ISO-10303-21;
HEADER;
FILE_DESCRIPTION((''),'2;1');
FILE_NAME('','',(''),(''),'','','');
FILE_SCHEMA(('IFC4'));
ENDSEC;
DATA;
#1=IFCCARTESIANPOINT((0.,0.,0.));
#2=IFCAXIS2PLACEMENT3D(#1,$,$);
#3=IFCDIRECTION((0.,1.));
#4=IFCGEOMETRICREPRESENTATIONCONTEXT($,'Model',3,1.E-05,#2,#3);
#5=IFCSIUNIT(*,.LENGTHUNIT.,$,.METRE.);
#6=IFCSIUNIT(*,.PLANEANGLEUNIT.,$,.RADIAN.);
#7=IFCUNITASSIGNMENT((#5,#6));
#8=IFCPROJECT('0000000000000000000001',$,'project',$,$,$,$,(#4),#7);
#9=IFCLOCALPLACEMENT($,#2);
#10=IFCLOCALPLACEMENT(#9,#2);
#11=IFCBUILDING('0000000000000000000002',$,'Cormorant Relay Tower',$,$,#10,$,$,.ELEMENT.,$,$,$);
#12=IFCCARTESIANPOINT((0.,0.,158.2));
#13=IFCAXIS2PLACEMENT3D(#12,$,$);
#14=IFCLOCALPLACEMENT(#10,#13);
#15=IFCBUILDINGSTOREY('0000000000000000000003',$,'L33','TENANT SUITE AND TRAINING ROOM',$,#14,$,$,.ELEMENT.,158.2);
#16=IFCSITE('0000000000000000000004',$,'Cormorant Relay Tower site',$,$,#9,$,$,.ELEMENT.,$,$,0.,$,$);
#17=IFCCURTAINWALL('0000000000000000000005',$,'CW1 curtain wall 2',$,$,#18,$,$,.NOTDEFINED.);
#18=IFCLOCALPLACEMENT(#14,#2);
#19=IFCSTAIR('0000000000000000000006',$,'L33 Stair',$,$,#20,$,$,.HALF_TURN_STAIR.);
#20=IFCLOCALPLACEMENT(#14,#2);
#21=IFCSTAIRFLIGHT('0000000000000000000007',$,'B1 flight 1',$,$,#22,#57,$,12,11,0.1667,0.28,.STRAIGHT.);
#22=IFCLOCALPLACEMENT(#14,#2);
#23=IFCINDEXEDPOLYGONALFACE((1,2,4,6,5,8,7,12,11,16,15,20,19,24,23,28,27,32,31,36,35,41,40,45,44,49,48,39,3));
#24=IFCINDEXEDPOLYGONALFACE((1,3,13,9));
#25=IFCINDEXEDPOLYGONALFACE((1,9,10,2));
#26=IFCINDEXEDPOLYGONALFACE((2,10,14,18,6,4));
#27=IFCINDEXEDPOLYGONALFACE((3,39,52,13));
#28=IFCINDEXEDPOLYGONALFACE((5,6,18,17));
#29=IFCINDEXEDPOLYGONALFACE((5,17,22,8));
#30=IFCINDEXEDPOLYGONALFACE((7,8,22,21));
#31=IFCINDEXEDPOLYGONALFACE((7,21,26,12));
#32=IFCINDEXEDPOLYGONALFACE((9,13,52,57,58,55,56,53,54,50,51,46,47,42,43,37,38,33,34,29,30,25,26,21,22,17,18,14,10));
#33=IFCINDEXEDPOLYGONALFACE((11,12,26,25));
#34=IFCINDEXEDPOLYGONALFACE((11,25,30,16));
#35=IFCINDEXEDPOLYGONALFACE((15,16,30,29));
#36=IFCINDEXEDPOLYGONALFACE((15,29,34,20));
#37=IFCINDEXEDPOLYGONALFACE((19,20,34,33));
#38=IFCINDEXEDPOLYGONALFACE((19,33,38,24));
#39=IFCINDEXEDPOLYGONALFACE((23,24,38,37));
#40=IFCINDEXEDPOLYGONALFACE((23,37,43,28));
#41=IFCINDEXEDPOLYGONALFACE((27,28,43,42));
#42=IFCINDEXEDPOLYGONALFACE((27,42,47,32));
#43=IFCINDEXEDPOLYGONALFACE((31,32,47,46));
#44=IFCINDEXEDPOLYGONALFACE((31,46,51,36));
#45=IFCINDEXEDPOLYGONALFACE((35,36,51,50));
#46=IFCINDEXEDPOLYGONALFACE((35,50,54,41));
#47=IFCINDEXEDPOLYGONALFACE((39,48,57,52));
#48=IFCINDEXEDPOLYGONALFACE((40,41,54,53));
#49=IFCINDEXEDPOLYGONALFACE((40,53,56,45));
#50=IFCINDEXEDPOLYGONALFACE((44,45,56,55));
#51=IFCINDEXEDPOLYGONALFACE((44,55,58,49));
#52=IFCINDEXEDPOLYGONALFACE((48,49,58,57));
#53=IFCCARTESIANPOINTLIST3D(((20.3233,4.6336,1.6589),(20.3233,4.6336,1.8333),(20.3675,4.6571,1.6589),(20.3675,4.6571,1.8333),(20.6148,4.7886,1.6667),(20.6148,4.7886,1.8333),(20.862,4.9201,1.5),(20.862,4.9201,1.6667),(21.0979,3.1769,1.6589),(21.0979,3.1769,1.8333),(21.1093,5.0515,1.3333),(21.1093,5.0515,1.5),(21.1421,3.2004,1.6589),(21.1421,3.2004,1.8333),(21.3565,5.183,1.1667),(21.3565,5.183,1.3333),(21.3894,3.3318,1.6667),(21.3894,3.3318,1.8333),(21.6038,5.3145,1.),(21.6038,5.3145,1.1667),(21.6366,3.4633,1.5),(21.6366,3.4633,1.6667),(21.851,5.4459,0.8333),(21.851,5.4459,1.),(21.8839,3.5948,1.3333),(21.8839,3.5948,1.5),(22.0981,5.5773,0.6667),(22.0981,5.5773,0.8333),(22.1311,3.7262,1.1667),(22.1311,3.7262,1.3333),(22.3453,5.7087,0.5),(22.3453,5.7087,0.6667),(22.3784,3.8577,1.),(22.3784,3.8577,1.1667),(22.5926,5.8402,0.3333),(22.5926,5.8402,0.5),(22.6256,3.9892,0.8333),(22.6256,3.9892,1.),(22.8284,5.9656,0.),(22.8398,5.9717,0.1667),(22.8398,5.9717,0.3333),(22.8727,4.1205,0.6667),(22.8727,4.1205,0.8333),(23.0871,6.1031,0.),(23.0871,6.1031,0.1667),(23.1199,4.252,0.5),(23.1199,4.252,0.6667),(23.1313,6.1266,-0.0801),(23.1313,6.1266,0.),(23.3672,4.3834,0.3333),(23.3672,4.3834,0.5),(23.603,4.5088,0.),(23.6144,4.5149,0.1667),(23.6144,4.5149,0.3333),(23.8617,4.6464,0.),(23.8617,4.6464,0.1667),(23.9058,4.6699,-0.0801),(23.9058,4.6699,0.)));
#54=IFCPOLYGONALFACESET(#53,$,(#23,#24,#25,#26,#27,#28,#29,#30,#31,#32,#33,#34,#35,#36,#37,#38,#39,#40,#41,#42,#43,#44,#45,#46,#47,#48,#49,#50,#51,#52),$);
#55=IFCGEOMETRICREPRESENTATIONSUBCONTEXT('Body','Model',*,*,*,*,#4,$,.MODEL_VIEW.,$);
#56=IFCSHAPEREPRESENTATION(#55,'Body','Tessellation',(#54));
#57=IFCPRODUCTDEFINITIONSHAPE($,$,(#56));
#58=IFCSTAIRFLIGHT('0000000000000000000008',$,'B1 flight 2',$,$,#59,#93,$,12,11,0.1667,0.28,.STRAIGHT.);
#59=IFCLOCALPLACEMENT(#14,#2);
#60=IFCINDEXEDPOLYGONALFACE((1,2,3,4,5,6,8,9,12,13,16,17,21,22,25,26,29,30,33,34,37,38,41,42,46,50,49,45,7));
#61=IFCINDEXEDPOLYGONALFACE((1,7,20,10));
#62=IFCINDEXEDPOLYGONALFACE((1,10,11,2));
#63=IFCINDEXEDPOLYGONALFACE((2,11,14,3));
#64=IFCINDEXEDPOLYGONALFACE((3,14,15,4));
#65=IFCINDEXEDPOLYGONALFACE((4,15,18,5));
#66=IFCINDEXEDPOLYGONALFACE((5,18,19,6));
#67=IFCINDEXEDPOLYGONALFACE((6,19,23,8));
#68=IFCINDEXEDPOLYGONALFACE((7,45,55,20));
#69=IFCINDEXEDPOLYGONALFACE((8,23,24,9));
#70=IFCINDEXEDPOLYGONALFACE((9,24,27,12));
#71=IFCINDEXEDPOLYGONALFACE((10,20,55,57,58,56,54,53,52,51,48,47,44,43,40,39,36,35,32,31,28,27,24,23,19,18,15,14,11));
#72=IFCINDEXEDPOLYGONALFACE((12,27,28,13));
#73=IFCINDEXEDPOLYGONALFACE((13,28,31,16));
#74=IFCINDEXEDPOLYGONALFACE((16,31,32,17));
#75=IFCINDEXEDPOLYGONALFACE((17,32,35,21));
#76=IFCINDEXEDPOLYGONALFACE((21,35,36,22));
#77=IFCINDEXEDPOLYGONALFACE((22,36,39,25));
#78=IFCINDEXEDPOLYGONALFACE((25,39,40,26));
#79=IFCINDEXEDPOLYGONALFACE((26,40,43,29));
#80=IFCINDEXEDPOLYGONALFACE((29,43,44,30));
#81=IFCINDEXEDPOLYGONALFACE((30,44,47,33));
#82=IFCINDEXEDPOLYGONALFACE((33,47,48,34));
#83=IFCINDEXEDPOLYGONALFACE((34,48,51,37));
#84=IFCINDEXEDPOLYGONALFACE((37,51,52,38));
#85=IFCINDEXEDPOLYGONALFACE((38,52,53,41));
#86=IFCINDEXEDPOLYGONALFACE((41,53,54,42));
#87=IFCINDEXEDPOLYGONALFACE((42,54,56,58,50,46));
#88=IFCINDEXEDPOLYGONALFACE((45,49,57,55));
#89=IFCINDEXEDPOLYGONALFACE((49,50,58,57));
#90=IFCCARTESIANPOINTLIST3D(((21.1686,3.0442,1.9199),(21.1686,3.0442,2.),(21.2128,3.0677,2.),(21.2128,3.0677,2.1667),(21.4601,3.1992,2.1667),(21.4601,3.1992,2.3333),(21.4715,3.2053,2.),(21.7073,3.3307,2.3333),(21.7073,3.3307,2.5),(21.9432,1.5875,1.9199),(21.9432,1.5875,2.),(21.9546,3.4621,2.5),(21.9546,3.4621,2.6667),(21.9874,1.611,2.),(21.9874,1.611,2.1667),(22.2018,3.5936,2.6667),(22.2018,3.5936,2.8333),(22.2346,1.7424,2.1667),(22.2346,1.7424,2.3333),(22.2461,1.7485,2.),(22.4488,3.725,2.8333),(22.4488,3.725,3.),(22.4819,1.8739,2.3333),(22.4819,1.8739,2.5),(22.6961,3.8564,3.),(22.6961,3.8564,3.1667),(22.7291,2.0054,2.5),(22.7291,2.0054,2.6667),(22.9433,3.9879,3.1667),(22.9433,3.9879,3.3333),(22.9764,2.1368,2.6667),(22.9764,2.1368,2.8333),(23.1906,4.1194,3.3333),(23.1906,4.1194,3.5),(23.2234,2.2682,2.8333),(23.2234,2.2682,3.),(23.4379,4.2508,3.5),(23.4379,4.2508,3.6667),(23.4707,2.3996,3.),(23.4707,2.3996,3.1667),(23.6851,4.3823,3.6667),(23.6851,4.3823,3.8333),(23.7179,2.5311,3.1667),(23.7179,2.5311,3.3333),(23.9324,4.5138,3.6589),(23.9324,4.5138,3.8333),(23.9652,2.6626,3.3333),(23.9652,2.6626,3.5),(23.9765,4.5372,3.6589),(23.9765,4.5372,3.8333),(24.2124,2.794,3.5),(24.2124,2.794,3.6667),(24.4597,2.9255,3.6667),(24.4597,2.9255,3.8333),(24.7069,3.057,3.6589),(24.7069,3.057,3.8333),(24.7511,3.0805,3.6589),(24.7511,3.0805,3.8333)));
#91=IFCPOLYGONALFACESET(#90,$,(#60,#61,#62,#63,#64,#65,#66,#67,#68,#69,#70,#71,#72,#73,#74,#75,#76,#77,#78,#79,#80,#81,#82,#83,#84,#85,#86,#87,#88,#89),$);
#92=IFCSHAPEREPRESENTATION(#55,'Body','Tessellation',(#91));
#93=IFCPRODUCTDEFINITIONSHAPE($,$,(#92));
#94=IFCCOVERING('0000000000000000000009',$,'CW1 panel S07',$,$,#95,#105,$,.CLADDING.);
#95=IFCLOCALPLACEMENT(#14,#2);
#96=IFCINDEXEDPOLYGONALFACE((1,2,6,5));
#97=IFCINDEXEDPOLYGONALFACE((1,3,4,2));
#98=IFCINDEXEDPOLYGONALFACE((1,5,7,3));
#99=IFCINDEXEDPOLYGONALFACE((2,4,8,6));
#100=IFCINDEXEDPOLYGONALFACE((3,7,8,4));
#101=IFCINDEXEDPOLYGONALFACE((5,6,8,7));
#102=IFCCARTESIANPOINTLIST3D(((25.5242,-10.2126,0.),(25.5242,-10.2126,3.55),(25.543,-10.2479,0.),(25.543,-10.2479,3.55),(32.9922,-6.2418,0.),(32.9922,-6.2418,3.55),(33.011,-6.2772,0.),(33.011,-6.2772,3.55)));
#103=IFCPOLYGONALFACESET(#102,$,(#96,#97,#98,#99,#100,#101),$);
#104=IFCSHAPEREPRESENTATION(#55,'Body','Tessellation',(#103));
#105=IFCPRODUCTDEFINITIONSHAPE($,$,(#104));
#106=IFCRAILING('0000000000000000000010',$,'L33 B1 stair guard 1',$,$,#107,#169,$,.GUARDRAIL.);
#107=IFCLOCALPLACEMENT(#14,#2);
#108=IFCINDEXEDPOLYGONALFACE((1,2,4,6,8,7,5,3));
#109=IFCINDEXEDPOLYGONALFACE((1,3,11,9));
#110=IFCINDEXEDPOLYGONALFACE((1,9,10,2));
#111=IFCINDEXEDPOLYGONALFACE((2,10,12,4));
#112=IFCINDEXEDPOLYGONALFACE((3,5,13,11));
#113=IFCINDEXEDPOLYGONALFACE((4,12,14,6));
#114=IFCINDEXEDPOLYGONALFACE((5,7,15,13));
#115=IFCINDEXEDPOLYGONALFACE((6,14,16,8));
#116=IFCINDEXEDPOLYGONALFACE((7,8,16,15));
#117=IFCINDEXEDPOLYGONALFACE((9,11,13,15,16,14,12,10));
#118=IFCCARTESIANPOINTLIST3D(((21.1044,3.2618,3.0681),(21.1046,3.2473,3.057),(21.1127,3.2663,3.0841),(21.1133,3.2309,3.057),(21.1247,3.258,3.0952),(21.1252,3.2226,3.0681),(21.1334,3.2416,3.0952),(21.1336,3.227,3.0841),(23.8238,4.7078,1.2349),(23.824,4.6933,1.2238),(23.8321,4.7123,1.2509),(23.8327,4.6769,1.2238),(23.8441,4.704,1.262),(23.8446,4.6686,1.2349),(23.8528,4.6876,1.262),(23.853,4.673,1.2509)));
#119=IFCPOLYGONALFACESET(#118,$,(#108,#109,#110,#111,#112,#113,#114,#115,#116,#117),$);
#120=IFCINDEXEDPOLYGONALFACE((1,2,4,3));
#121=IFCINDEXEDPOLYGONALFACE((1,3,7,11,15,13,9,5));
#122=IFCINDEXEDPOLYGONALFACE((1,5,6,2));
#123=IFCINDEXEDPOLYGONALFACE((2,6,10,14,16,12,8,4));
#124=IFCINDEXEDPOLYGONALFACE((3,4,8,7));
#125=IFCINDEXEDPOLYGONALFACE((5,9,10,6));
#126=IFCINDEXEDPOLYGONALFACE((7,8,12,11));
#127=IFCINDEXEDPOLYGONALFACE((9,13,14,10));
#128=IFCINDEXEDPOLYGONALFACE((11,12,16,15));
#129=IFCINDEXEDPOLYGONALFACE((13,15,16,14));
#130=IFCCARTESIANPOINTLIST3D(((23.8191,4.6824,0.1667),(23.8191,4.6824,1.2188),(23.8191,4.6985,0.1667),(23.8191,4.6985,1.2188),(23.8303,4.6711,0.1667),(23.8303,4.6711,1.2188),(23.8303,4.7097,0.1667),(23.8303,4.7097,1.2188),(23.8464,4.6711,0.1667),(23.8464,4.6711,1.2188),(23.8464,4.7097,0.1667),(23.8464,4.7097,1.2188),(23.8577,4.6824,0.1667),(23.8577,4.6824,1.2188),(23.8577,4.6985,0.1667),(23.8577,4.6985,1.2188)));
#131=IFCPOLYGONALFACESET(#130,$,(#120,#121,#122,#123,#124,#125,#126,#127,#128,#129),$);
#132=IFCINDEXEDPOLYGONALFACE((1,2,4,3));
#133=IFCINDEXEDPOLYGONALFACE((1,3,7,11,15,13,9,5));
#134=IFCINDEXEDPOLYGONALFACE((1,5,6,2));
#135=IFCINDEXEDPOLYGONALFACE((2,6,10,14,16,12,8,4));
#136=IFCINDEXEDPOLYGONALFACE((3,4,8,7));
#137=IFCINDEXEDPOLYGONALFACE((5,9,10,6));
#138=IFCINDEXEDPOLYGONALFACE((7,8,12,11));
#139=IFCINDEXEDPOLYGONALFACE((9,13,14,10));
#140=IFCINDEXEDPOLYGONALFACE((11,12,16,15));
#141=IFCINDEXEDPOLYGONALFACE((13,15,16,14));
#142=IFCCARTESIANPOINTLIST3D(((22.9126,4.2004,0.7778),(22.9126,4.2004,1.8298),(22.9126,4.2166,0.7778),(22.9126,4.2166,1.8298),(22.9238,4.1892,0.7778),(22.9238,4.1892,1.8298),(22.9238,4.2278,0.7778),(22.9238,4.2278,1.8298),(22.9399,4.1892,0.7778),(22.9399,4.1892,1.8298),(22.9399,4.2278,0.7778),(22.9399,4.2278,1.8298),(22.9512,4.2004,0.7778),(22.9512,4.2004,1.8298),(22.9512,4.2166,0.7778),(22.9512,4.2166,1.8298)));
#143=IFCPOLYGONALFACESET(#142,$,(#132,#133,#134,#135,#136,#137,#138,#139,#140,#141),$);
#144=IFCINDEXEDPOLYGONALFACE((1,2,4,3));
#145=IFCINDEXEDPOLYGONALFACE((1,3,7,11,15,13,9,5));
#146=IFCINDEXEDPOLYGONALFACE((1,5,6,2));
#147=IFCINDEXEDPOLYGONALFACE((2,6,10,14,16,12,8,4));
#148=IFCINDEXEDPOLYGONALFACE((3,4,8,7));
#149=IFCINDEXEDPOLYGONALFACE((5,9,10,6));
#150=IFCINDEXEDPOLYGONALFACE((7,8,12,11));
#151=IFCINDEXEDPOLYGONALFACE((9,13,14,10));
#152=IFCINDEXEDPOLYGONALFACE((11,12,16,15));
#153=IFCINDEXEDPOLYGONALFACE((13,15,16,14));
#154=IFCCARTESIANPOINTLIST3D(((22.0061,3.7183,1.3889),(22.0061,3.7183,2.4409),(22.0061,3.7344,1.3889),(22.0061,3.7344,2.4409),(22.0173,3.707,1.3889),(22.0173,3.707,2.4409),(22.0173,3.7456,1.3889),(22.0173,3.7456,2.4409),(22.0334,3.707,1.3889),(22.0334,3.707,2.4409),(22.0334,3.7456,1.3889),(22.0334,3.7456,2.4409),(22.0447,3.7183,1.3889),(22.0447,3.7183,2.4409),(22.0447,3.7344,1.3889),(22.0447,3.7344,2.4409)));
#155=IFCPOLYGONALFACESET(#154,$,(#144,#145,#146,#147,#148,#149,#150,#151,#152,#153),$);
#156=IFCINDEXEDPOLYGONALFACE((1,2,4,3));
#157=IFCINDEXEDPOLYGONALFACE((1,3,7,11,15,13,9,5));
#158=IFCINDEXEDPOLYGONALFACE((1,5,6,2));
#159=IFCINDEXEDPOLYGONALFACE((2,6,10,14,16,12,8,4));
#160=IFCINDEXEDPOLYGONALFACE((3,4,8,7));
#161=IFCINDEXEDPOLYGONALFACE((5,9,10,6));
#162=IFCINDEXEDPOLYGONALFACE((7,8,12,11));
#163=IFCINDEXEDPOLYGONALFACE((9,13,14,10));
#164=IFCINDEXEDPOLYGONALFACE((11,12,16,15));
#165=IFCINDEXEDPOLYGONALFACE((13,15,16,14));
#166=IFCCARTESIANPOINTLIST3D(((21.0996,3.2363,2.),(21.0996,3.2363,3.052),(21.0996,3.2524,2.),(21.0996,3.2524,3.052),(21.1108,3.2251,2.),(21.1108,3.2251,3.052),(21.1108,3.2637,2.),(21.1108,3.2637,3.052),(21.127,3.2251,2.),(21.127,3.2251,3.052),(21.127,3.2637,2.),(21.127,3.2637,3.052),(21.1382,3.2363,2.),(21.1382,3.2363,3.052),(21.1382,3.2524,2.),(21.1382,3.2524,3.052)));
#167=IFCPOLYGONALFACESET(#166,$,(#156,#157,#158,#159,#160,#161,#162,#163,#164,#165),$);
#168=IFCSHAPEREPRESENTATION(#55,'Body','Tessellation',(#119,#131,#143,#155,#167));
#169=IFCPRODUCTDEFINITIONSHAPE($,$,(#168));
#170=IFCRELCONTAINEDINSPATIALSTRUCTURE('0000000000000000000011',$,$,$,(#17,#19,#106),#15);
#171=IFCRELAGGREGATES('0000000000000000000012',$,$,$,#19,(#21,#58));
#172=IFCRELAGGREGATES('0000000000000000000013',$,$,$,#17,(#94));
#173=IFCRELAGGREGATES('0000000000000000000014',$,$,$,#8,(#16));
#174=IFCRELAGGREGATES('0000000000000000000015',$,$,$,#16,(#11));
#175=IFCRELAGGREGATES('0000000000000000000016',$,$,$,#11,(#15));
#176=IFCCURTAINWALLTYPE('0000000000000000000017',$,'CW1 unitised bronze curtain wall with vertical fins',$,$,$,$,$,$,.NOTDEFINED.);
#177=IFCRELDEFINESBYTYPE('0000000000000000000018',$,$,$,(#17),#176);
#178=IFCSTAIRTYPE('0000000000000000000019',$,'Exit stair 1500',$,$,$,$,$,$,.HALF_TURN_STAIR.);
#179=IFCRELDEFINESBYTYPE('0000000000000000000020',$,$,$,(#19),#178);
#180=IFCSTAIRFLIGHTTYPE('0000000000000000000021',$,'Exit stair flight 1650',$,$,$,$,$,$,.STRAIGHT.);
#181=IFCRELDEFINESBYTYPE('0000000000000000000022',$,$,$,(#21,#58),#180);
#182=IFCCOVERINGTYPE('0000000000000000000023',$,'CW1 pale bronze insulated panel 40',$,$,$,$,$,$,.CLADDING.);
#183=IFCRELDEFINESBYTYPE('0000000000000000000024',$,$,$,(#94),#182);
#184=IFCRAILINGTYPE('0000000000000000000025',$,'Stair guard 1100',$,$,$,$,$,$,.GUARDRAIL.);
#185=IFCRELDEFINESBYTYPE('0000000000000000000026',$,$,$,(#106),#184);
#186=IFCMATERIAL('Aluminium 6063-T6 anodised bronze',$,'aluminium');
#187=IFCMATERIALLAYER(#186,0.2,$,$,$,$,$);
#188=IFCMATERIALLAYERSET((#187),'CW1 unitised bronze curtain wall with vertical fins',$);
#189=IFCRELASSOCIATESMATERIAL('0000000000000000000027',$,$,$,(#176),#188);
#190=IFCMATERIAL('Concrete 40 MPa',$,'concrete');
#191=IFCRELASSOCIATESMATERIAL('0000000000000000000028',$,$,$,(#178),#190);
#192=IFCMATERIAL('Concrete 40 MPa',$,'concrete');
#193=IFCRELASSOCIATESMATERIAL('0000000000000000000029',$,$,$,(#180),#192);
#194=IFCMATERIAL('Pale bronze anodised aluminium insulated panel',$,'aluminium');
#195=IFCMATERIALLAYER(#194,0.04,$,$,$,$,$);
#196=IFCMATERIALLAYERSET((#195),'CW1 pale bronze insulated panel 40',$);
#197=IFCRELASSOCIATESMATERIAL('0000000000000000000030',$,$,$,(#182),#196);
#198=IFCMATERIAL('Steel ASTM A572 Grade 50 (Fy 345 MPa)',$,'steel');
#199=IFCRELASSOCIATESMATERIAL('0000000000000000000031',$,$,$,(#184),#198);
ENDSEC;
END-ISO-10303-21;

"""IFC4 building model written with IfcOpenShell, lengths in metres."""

from ifc_helpers import new_model, si_unit, direction, frame, origin, origin_2d, place, context, subcontext, project, spatial, polyline, rectangle, outline, extrude, material, layer, layer_set, type_object, element, aggregate, save


model = new_model("IFC4")

# Units and contexts
model_context = context("Model", 3, precision=1e-05, world=origin(), true_north=direction((0.0, 1.0)))
body_context = subcontext(model_context, "Body", "Model", "MODEL_VIEW")
ifc_project = project(units=[si_unit("LENGTHUNIT", "METRE"), si_unit("PLANEANGLEUNIT", "RADIAN")], contexts=[model_context])

# Site, building, storey
site_placement = place(None, origin())
site = spatial("IfcSite", under=ifc_project, at=site_placement, Name="Cormorant Relay Tower site", CompositionType="ELEMENT", RefElevation=0.0)
building_placement = place(site_placement, origin())
building = spatial("IfcBuilding", under=site, at=building_placement, Name="Cormorant Relay Tower", CompositionType="ELEMENT")
storey_placement = place(building_placement, frame((0.0, 0.0, 158.2)))
storey = spatial("IfcBuildingStorey", under=building, at=storey_placement, Name="L33", Description="TENANT SUITE AND TRAINING ROOM", CompositionType="ELEMENT", Elevation=158.2)

# Curtain wall
ifc_material_1 = material(Name="Aluminium 6063-T6 anodised bronze", Category="aluminium")
ifc_layer_1 = layer(ifc_material_1, 0.2)
ifc_layer_set_1 = layer_set([ifc_layer_1], Name="CW1 unitised bronze curtain wall with vertical fins")
curtain_wall_type = type_object("IfcCurtainWallType", Name="CW1 unitised bronze curtain wall with vertical fins", PredefinedType="NOTDEFINED", material=ifc_layer_set_1)
curtain_wall_1_placement = place(storey_placement, origin())
curtain_wall_1 = element("IfcCurtainWall", 1, at=curtain_wall_1_placement, inside=storey, type_object=curtain_wall_type, Name="CW1 curtain wall 2", PredefinedType="NOTDEFINED")

# Stair, stair flights
ifc_material_2 = material(Name="Concrete 40 MPa", Category="concrete")
stair_type = type_object("IfcStairType", Name="Exit stair 1500", PredefinedType="HALF_TURN_STAIR", material=ifc_material_2)
stair_placement = place(storey_placement, origin())
stair = element("IfcStair", 2, at=stair_placement, inside=storey, type_object=stair_type, Name="L33 Stair", PredefinedType="HALF_TURN_STAIR")
ifc_material_3 = material(Name="Concrete 40 MPa", Category="concrete")
stair_flight_type = type_object("IfcStairFlightType", Name="Exit stair flight 1650", PredefinedType="STRAIGHT", material=ifc_material_3)
stair_flight_1_placement = place(storey_placement, frame((23.4744, 5.3748, 0.0), z_axis=(0.0, 0.0, 1.0), x_axis=(-0.882948, -0.469472, 0.0)))
stair_flight_1 = element("IfcStairFlight", 3, at=stair_flight_1_placement, type_object=stair_flight_type, Name="B1 flight 1", NumberOfRisers=12, NumberOfTreads=11, PredefinedType="STRAIGHT", RiserHeight=0.1667, TreadLength=0.28, context=body_context, shape_type="SweptSolid", body=[
    extrude(outline(polyline([(-0.05, -0.0801), (-0.05, 0.0), (0.0, 0.0), (0.0, 0.1667), (0.28, 0.1667), (0.28, 0.3333), (0.5601, 0.3333), (0.5601, 0.5), (0.8401, 0.5), (0.8401, 0.6667), (1.1201, 0.6667), (1.1201, 0.8333), (1.3999, 0.8333), (1.3999, 1.0), (1.6799, 1.0), (1.6799, 1.1667), (1.96, 1.1667), (1.96, 1.3333), (2.24, 1.3333), (2.24, 1.5), (2.52, 1.5), (2.52, 1.6667), (2.8, 1.6667), (2.8, 1.8333), (3.0801, 1.8333), (3.1301, 1.8333), (3.1301, 1.6589), (3.0801, 1.6589), (0.293, 0.0), (-0.05, -0.0801)])), frame((0.0, 0.825, 0.0), z_axis=(0.0, -1.0, 0.0), x_axis=(1.0, 0.0, 0.0)), (0.0, 0.0, 1.0), 1.6499),
])
stair_flight_2_placement = place(storey_placement, frame((21.6001, 2.3394, 2.0), z_axis=(0.0, 0.0, 1.0), x_axis=(0.882948, 0.469472, 0.0)))
stair_flight_2 = element("IfcStairFlight", 4, at=stair_flight_2_placement, type_object=stair_flight_type, Name="B1 flight 2", NumberOfRisers=12, NumberOfTreads=11, PredefinedType="STRAIGHT", RiserHeight=0.1667, TreadLength=0.28, context=body_context, shape_type="SweptSolid", body=[
    extrude(outline(polyline([(-0.05, -0.0801), (-0.05, 0.0), (0.0, 0.0), (0.0, 0.1667), (0.28, 0.1667), (0.28, 0.3333), (0.5601, 0.3333), (0.5601, 0.5), (0.8401, 0.5), (0.8401, 0.6667), (1.1201, 0.6667), (1.1201, 0.8333), (1.3999, 0.8333), (1.3999, 1.0), (1.6799, 1.0), (1.6799, 1.1667), (1.96, 1.1667), (1.96, 1.3333), (2.24, 1.3333), (2.24, 1.5), (2.52, 1.5), (2.52, 1.6667), (2.8, 1.6667), (2.8, 1.8333), (3.0801, 1.8333), (3.1301, 1.8333), (3.1301, 1.6589), (3.0801, 1.6589), (0.293, 0.0), (-0.05, -0.0801)])), frame((0.0, 0.825, 0.0), z_axis=(0.0, -1.0, 0.0), x_axis=(1.0, 0.0, 0.0)), (0.0, 0.0, 1.0), 1.6499),
])
aggregate(stair, [stair_flight_1, stair_flight_2])

# Covering
ifc_material_4 = material(Name="Pale bronze anodised aluminium insulated panel", Category="aluminium")
ifc_layer_2 = layer(ifc_material_4, 0.04)
ifc_layer_set_2 = layer_set([ifc_layer_2], Name="CW1 pale bronze insulated panel 40")
covering_type = type_object("IfcCoveringType", Name="CW1 pale bronze insulated panel 40", PredefinedType="CLADDING", material=ifc_layer_set_2)
covering_placement = place(storey_placement, frame((29.2676, -8.2449, 0.0), z_axis=(0.0, 0.0, 1.0), x_axis=(0.882948, 0.469472, 0.0)))
covering = element("IfcCovering", 5, at=covering_placement, type_object=covering_type, Name="CW1 panel S07", PredefinedType="CLADDING", context=body_context, shape_type="SweptSolid", body=[
    extrude(rectangle(XDim=8.458, YDim=0.04, at=origin_2d()), origin(), (0.0, 0.0, 1.0), 3.55),
])
aggregate(curtain_wall_1, [covering])

# Railing
ifc_material_5 = material(Name="Steel ASTM A572 Grade 50 (Fy 345 MPa)", Category="steel")
railing_type_1 = type_object("IfcRailingType", Name="Stair guard 1100", PredefinedType="GUARDRAIL", material=ifc_material_5)
railing_1_placement = place(storey_placement, frame((23.8384, 4.6904, 0.1667)))
element("IfcRailing", 6, at=railing_1_placement, inside=storey, type_object=railing_type_1, Name="L33 B1 stair guard 1", PredefinedType="GUARDRAIL", context=body_context, shape_type="SweptSolid", body=[
    extrude(outline(polyline([(0.0222, 0.0093), (0.0093, 0.0222), (-0.0093, 0.0222), (-0.0222, 0.0093), (-0.0222, -0.0093), (-0.0093, -0.0222), (0.0093, -0.0222), (0.0222, -0.0093), (0.0222, 0.0093)])), frame((0.0, 0.0, 1.0762), z_axis=(-0.758714, -0.403435, 0.511463), x_axis=(0.469489, -0.882938, 0.0)), (0.0, 0.0, 1.0), 3.5842),
    extrude(outline(polyline([(0.0193, 0.0081), (0.0081, 0.0193), (-0.0081, 0.0193), (-0.0193, 0.0081), (-0.0193, -0.0081), (-0.0081, -0.0193), (0.0081, -0.0193), (0.0193, -0.0081), (0.0193, 0.0081)])), origin(), (0.0, 0.0, 1.0), 1.052),
    extrude(outline(polyline([(0.0193, 0.0081), (0.0081, 0.0193), (-0.0081, 0.0193), (-0.0193, 0.0081), (-0.0193, -0.0081), (-0.0081, -0.0193), (0.0081, -0.0193), (0.0193, -0.0081), (0.0193, 0.0081)])), frame((-0.9065, -0.4819, 0.6111)), (0.0, 0.0, 1.0), 1.052),
    extrude(outline(polyline([(0.0193, 0.0081), (0.0081, 0.0193), (-0.0081, 0.0193), (-0.0193, 0.0081), (-0.0193, -0.0081), (-0.0081, -0.0193), (0.0081, -0.0193), (0.0193, -0.0081), (0.0193, 0.0081)])), frame((-1.813, -0.9641, 1.2222)), (0.0, 0.0, 1.0), 1.052),
    extrude(outline(polyline([(0.0193, 0.0081), (0.0081, 0.0193), (-0.0081, 0.0193), (-0.0193, 0.0081), (-0.0193, -0.0081), (-0.0081, -0.0193), (0.0081, -0.0193), (0.0193, -0.0081), (0.0193, 0.0081)])), frame((-2.7195, -1.446, 1.8333)), (0.0, 0.0, 1.0), 1.052),
])

save(model, "model.ifc")
